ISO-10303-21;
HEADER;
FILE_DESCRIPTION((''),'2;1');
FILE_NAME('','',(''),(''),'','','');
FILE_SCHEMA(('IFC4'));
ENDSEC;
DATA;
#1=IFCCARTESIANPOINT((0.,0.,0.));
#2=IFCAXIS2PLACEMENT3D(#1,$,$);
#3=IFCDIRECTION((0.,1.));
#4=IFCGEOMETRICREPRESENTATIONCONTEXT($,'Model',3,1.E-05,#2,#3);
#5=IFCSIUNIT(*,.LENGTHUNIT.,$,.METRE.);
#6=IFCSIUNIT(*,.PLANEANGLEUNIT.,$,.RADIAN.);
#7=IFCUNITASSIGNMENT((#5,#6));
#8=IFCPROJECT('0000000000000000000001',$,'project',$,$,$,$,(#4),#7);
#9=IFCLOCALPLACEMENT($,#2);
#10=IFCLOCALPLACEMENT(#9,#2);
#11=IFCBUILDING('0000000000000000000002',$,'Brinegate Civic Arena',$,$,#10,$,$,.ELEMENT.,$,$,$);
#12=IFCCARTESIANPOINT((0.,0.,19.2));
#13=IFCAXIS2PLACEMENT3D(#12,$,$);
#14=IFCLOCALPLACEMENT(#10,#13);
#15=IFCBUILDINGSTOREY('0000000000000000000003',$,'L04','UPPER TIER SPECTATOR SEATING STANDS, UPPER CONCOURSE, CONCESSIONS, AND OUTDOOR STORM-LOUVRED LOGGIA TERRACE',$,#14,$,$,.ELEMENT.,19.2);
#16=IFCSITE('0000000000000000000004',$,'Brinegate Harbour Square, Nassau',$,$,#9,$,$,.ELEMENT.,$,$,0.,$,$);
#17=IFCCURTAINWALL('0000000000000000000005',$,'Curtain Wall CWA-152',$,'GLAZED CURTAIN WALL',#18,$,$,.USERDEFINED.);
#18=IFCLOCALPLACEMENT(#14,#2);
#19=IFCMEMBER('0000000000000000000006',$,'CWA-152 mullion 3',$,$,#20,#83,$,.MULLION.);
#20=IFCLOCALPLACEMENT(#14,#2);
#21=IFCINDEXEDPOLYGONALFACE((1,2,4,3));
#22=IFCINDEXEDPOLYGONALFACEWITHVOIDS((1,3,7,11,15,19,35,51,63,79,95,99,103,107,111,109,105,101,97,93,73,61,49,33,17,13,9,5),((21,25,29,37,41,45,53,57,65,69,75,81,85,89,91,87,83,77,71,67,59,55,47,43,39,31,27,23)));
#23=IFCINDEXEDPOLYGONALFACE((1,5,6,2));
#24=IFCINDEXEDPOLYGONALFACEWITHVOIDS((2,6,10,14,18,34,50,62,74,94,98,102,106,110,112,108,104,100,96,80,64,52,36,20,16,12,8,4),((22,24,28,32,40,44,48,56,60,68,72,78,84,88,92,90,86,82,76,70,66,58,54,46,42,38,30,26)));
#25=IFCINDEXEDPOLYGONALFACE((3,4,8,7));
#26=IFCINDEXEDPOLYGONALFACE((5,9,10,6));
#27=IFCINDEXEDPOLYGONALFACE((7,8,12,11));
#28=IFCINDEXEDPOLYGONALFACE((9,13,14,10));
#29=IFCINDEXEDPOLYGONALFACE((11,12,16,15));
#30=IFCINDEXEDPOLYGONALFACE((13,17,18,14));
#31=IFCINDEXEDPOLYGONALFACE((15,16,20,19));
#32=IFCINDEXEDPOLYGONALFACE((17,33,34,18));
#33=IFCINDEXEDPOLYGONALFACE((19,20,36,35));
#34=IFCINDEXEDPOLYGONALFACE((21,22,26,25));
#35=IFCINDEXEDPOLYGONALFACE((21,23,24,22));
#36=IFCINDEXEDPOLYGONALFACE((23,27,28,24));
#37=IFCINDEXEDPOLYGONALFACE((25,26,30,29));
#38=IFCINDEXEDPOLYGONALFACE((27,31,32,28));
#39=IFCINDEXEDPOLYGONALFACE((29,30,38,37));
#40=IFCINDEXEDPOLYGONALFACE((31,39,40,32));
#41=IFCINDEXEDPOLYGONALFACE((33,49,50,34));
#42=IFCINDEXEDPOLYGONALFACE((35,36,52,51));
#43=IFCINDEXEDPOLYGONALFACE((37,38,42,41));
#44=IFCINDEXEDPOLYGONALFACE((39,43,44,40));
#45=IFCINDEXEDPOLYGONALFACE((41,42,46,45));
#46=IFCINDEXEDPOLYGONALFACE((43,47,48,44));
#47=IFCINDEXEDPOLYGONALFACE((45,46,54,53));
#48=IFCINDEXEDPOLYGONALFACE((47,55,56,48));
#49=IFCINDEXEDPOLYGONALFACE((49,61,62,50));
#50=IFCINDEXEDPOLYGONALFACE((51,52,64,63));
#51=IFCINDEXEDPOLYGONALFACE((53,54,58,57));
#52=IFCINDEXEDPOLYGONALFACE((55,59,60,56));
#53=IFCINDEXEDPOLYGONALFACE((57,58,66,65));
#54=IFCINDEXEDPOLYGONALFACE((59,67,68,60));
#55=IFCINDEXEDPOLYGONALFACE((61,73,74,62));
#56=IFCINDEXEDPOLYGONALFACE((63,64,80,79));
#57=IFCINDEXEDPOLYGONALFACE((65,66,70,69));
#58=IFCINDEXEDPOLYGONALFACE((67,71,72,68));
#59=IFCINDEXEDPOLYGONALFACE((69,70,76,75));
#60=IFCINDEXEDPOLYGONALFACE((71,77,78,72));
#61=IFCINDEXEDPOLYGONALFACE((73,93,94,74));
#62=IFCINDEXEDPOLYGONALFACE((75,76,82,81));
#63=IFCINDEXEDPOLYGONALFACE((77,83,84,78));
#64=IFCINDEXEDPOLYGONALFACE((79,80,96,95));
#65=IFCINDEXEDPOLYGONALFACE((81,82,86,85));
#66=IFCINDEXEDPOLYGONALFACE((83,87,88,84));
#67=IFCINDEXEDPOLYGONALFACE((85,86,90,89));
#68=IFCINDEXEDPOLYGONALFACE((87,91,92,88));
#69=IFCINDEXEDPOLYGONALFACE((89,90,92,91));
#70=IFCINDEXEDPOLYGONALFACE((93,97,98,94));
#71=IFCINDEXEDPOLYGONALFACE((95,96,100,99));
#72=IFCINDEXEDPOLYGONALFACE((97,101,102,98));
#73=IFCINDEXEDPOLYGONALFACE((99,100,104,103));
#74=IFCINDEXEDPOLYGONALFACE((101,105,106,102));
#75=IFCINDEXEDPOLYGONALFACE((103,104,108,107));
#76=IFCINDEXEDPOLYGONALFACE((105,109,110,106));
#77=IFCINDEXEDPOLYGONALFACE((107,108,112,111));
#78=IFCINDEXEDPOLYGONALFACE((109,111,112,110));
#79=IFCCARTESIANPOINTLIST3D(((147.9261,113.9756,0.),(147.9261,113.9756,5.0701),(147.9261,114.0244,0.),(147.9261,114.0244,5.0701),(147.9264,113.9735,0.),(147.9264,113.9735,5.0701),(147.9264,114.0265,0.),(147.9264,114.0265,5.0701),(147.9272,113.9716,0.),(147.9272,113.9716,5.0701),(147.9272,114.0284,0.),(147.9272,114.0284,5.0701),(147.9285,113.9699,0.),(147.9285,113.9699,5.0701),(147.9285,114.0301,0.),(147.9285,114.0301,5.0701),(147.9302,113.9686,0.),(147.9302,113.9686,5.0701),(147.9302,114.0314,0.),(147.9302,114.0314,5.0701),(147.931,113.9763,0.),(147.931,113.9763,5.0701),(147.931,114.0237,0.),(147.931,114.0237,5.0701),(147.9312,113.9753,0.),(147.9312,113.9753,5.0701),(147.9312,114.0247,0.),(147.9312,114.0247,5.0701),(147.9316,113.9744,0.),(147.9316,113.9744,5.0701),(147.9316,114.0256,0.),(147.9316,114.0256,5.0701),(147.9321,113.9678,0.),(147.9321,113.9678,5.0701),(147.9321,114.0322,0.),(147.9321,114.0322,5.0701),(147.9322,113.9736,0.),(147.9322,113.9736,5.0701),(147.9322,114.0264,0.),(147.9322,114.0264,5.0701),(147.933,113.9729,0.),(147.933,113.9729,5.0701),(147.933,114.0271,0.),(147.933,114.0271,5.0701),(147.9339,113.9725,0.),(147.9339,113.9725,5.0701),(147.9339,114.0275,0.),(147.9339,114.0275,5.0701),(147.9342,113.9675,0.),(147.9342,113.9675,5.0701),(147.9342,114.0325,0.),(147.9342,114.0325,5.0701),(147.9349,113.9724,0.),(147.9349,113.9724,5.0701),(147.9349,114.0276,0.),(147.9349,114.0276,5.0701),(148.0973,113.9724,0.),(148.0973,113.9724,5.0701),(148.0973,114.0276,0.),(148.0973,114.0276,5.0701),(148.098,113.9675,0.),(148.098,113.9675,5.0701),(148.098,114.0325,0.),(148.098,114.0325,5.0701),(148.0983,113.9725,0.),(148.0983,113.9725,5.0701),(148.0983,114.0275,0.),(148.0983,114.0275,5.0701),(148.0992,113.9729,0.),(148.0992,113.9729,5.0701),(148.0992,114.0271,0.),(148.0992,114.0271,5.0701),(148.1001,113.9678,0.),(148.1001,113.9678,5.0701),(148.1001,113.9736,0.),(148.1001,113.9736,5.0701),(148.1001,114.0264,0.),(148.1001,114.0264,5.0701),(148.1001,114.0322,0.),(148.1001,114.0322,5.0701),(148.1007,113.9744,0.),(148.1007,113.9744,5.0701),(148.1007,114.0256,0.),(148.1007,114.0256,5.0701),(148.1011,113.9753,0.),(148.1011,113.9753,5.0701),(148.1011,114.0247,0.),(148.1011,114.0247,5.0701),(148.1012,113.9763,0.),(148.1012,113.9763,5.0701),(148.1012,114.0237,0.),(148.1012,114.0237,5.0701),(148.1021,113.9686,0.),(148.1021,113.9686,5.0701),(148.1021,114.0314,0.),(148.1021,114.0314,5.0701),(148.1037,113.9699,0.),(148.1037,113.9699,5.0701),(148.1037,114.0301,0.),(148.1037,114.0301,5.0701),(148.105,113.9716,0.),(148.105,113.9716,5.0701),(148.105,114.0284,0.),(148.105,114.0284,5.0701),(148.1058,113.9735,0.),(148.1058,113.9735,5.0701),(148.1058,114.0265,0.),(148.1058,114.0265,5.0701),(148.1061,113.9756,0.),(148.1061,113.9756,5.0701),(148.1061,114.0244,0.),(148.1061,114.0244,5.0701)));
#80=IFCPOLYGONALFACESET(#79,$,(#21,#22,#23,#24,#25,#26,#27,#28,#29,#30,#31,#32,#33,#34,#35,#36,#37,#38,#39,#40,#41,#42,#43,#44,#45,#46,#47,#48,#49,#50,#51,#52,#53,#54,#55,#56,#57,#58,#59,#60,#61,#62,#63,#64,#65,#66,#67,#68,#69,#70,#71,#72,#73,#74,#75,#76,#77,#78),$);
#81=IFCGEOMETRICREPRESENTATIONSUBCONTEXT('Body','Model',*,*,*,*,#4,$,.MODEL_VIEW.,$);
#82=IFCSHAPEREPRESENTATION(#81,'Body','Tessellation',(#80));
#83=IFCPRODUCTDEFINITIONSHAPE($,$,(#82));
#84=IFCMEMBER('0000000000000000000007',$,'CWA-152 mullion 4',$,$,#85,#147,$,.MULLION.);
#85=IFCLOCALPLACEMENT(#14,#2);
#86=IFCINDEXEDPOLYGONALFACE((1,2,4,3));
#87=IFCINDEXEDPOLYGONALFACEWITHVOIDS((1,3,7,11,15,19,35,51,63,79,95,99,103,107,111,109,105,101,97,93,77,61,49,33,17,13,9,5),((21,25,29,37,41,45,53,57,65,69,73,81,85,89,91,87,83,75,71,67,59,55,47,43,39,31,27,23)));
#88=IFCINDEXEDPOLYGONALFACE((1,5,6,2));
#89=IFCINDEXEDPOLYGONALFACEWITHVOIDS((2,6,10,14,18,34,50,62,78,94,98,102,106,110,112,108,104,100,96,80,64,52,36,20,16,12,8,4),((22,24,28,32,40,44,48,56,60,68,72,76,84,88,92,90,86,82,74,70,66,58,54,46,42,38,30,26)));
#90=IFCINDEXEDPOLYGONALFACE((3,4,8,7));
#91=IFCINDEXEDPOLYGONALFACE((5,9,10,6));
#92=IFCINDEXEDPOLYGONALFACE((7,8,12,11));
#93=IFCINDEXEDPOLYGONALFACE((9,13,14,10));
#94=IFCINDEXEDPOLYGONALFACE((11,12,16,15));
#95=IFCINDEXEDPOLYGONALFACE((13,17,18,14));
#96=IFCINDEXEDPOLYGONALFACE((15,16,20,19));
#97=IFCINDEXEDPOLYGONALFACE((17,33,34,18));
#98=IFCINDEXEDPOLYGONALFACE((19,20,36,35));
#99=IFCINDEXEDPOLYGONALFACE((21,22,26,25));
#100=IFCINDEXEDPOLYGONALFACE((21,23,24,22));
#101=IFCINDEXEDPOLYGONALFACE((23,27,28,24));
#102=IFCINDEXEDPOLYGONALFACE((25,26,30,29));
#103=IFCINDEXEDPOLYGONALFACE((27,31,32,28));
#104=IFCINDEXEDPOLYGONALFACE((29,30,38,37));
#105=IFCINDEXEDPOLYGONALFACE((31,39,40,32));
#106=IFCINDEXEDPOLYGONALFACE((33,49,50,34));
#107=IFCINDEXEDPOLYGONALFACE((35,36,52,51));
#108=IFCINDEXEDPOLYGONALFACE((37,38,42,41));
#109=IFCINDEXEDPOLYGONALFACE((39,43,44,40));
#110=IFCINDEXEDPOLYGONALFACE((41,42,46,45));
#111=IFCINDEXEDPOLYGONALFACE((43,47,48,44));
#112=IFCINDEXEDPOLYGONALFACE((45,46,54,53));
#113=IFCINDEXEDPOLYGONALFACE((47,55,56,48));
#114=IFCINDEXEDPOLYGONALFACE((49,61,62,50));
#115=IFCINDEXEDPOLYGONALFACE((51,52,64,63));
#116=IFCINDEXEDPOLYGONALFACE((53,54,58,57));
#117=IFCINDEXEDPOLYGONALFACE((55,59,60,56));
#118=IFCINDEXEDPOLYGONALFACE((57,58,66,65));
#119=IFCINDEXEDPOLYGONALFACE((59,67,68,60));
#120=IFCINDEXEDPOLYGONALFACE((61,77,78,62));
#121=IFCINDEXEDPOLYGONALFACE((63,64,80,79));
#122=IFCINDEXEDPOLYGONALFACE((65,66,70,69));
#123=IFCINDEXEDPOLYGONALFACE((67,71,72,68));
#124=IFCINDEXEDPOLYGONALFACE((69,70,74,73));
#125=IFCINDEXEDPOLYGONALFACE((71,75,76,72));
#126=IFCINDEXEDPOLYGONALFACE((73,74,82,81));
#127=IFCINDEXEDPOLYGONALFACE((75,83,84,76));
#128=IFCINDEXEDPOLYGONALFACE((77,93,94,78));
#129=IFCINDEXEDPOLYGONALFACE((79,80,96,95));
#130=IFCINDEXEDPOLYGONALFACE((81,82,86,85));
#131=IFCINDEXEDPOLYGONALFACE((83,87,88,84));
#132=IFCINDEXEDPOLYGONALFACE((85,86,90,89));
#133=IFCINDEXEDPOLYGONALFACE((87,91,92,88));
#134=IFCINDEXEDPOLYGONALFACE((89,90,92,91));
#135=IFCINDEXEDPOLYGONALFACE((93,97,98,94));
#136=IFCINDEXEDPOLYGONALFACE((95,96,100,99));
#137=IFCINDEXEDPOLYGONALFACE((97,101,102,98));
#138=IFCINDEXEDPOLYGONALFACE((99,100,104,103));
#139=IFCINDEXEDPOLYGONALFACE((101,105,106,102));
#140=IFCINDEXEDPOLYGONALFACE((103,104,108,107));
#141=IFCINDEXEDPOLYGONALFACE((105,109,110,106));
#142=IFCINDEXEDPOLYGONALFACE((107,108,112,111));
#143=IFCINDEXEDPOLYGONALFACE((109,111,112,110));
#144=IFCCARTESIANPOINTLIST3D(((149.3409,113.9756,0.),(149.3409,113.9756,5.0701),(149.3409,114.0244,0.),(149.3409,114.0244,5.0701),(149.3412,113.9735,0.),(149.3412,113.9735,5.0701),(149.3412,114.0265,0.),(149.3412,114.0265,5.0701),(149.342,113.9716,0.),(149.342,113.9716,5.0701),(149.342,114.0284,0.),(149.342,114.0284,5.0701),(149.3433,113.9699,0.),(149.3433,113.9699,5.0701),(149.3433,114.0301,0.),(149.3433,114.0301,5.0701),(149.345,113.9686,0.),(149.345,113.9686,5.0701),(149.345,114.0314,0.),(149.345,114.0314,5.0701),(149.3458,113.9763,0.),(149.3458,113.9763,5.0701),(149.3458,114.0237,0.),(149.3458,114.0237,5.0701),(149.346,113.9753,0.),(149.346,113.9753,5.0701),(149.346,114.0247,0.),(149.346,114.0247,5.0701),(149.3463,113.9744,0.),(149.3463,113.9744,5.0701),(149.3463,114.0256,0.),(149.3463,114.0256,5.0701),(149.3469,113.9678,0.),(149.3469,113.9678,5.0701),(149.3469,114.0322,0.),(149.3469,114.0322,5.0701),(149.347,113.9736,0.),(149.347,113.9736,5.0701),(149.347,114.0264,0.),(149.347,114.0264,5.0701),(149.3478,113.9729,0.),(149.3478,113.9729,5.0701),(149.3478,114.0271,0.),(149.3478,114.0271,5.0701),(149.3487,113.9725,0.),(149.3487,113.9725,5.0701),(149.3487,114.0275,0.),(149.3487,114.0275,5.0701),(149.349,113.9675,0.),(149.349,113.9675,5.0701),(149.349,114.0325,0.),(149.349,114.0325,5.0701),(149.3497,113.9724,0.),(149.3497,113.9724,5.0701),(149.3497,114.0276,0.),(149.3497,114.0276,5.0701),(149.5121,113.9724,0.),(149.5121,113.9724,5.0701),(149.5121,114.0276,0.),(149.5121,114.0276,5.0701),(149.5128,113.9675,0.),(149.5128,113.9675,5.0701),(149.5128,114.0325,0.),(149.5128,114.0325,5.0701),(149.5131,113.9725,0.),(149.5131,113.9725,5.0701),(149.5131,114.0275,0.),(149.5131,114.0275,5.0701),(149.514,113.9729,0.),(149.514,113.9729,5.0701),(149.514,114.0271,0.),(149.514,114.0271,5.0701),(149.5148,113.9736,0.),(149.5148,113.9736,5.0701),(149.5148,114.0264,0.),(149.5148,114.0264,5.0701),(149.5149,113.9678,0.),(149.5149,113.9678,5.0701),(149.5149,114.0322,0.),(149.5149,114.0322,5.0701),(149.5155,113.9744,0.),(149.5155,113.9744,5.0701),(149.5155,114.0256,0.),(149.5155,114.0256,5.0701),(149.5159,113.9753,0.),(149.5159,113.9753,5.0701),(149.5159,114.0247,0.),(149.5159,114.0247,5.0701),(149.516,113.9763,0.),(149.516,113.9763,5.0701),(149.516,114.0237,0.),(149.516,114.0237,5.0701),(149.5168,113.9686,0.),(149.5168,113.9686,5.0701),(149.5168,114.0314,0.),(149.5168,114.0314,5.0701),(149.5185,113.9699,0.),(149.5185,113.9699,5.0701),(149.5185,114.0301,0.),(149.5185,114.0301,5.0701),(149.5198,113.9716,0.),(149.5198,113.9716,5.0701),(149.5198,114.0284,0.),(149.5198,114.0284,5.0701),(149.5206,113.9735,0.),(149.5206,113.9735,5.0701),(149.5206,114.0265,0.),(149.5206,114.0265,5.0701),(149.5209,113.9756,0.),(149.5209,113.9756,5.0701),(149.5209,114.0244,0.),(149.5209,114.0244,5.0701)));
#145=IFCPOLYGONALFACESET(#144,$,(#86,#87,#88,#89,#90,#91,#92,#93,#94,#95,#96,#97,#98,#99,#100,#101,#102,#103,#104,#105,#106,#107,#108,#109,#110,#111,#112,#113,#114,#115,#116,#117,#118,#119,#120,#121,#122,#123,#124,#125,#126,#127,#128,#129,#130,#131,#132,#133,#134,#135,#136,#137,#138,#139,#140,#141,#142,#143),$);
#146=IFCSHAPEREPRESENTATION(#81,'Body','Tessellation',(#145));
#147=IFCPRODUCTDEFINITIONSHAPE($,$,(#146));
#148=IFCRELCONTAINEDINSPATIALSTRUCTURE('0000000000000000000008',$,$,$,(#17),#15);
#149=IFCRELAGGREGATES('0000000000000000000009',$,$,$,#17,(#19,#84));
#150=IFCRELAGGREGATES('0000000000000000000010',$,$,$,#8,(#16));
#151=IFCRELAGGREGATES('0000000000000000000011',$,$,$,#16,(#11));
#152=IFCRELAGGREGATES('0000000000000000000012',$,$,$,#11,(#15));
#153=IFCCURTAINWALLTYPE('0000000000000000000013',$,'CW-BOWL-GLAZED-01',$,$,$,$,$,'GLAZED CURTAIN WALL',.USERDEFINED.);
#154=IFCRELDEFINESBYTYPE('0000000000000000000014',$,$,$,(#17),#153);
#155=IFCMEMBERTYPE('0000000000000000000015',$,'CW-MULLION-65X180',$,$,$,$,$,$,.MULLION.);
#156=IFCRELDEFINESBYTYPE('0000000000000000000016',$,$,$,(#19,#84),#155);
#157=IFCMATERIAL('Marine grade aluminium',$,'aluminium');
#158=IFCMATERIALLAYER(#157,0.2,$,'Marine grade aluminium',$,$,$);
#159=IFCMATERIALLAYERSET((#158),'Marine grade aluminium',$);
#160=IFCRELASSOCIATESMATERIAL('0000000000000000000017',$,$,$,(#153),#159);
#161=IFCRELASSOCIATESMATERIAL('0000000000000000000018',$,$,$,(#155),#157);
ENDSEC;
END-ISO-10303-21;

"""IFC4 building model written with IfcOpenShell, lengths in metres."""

from ifc_helpers import new_model, si_unit, direction, frame, origin, origin_2d, place, context, subcontext, project, spatial, hollow_rectangle, extrude, material, layer, layer_set, material_profile, profile_set, type_object, element, aggregate, save


model = new_model("IFC4")

# Units and contexts
model_context = context("Model", 3, precision=1e-05, world=origin(), true_north=direction((0.0, 1.0)))
body_context = subcontext(model_context, "Body", "Model", "MODEL_VIEW")
ifc_project = project(units=[si_unit("LENGTHUNIT", "METRE"), si_unit("PLANEANGLEUNIT", "RADIAN")], contexts=[model_context])

# Site, building, storey
site_placement = place(None, origin())
site = spatial("IfcSite", under=ifc_project, at=site_placement, Name="Brinegate Harbour Square, Nassau", CompositionType="ELEMENT", RefElevation=0.0)
building_placement = place(site_placement, origin())
building = spatial("IfcBuilding", under=site, at=building_placement, Name="Brinegate Civic Arena", CompositionType="ELEMENT")
storey_placement = place(building_placement, frame((0.0, 0.0, 19.2)))
storey = spatial("IfcBuildingStorey", under=building, at=storey_placement, Name="L04", Description="UPPER TIER SPECTATOR SEATING STANDS, UPPER CONCOURSE, CONCESSIONS, AND OUTDOOR STORM-LOUVRED LOGGIA TERRACE", CompositionType="ELEMENT", Elevation=19.2)

# Curtain wall, members
ifc_material_1 = material(Name="Marine grade aluminium", Category="aluminium")
ifc_layer_1 = layer(ifc_material_1, 0.2, Name="Marine grade aluminium")
ifc_layer_set_1 = layer_set([ifc_layer_1], Name="Marine grade aluminium")
curtain_wall_type_1 = type_object("IfcCurtainWallType", Name="CW-BOWL-GLAZED-01", ElementType="GLAZED CURTAIN WALL", PredefinedType="USERDEFINED", material=ifc_layer_set_1)
curtain_wall_1_placement = place(storey_placement, origin())
curtain_wall_1 = element("IfcCurtainWall", 1, at=curtain_wall_1_placement, inside=storey, type_object=curtain_wall_type_1, Name="Curtain Wall CWA-152", ObjectType="GLAZED CURTAIN WALL", PredefinedType="USERDEFINED")
ifc_material_profile_1 = material_profile(ifc_material_1, hollow_rectangle(XDim=0.0649, YDim=0.1799, WallThickness=0.0049, InnerFilletRadius=0.0039, OuterFilletRadius=0.0081, at=origin_2d()), Name="MUL65X180")
ifc_profile_set_1 = profile_set([ifc_material_profile_1], Name="Marine grade aluminium")
member_type_1 = type_object("IfcMemberType", Name="CW-MULLION-65X180", PredefinedType="MULLION", material=ifc_profile_set_1)
member_1_placement = place(storey_placement, frame((148.0161, 114.0, 0.0), z_axis=(0.0, 0.0, 1.0), x_axis=(0.0, 1.0, 0.0)))
member_1 = element("IfcMember", 2, at=member_1_placement, type_object=member_type_1, Name="CWA-152 mullion 3", PredefinedType="MULLION", context=body_context, shape_type="SweptSolid", body=[
    extrude(hollow_rectangle(XDim=0.0649, YDim=0.1799, WallThickness=0.0049, InnerFilletRadius=0.0039, OuterFilletRadius=0.0081, at=origin_2d()), origin(), (0.0, 0.0, 1.0), 5.0701),
])
member_2_placement = place(storey_placement, frame((149.4309, 114.0, 0.0), z_axis=(0.0, 0.0, 1.0), x_axis=(0.0, 1.0, 0.0)))
member_2 = element("IfcMember", 3, at=member_2_placement, type_object=member_type_1, Name="CWA-152 mullion 4", PredefinedType="MULLION", context=body_context, shape_type="SweptSolid", body=[
    extrude(hollow_rectangle(XDim=0.0649, YDim=0.1799, WallThickness=0.0049, InnerFilletRadius=0.0039, OuterFilletRadius=0.0081, at=origin_2d()), origin(), (0.0, 0.0, 1.0), 5.0701),
])

aggregate(curtain_wall_1, [member_1, member_2])

save(model, "model.ifc")
